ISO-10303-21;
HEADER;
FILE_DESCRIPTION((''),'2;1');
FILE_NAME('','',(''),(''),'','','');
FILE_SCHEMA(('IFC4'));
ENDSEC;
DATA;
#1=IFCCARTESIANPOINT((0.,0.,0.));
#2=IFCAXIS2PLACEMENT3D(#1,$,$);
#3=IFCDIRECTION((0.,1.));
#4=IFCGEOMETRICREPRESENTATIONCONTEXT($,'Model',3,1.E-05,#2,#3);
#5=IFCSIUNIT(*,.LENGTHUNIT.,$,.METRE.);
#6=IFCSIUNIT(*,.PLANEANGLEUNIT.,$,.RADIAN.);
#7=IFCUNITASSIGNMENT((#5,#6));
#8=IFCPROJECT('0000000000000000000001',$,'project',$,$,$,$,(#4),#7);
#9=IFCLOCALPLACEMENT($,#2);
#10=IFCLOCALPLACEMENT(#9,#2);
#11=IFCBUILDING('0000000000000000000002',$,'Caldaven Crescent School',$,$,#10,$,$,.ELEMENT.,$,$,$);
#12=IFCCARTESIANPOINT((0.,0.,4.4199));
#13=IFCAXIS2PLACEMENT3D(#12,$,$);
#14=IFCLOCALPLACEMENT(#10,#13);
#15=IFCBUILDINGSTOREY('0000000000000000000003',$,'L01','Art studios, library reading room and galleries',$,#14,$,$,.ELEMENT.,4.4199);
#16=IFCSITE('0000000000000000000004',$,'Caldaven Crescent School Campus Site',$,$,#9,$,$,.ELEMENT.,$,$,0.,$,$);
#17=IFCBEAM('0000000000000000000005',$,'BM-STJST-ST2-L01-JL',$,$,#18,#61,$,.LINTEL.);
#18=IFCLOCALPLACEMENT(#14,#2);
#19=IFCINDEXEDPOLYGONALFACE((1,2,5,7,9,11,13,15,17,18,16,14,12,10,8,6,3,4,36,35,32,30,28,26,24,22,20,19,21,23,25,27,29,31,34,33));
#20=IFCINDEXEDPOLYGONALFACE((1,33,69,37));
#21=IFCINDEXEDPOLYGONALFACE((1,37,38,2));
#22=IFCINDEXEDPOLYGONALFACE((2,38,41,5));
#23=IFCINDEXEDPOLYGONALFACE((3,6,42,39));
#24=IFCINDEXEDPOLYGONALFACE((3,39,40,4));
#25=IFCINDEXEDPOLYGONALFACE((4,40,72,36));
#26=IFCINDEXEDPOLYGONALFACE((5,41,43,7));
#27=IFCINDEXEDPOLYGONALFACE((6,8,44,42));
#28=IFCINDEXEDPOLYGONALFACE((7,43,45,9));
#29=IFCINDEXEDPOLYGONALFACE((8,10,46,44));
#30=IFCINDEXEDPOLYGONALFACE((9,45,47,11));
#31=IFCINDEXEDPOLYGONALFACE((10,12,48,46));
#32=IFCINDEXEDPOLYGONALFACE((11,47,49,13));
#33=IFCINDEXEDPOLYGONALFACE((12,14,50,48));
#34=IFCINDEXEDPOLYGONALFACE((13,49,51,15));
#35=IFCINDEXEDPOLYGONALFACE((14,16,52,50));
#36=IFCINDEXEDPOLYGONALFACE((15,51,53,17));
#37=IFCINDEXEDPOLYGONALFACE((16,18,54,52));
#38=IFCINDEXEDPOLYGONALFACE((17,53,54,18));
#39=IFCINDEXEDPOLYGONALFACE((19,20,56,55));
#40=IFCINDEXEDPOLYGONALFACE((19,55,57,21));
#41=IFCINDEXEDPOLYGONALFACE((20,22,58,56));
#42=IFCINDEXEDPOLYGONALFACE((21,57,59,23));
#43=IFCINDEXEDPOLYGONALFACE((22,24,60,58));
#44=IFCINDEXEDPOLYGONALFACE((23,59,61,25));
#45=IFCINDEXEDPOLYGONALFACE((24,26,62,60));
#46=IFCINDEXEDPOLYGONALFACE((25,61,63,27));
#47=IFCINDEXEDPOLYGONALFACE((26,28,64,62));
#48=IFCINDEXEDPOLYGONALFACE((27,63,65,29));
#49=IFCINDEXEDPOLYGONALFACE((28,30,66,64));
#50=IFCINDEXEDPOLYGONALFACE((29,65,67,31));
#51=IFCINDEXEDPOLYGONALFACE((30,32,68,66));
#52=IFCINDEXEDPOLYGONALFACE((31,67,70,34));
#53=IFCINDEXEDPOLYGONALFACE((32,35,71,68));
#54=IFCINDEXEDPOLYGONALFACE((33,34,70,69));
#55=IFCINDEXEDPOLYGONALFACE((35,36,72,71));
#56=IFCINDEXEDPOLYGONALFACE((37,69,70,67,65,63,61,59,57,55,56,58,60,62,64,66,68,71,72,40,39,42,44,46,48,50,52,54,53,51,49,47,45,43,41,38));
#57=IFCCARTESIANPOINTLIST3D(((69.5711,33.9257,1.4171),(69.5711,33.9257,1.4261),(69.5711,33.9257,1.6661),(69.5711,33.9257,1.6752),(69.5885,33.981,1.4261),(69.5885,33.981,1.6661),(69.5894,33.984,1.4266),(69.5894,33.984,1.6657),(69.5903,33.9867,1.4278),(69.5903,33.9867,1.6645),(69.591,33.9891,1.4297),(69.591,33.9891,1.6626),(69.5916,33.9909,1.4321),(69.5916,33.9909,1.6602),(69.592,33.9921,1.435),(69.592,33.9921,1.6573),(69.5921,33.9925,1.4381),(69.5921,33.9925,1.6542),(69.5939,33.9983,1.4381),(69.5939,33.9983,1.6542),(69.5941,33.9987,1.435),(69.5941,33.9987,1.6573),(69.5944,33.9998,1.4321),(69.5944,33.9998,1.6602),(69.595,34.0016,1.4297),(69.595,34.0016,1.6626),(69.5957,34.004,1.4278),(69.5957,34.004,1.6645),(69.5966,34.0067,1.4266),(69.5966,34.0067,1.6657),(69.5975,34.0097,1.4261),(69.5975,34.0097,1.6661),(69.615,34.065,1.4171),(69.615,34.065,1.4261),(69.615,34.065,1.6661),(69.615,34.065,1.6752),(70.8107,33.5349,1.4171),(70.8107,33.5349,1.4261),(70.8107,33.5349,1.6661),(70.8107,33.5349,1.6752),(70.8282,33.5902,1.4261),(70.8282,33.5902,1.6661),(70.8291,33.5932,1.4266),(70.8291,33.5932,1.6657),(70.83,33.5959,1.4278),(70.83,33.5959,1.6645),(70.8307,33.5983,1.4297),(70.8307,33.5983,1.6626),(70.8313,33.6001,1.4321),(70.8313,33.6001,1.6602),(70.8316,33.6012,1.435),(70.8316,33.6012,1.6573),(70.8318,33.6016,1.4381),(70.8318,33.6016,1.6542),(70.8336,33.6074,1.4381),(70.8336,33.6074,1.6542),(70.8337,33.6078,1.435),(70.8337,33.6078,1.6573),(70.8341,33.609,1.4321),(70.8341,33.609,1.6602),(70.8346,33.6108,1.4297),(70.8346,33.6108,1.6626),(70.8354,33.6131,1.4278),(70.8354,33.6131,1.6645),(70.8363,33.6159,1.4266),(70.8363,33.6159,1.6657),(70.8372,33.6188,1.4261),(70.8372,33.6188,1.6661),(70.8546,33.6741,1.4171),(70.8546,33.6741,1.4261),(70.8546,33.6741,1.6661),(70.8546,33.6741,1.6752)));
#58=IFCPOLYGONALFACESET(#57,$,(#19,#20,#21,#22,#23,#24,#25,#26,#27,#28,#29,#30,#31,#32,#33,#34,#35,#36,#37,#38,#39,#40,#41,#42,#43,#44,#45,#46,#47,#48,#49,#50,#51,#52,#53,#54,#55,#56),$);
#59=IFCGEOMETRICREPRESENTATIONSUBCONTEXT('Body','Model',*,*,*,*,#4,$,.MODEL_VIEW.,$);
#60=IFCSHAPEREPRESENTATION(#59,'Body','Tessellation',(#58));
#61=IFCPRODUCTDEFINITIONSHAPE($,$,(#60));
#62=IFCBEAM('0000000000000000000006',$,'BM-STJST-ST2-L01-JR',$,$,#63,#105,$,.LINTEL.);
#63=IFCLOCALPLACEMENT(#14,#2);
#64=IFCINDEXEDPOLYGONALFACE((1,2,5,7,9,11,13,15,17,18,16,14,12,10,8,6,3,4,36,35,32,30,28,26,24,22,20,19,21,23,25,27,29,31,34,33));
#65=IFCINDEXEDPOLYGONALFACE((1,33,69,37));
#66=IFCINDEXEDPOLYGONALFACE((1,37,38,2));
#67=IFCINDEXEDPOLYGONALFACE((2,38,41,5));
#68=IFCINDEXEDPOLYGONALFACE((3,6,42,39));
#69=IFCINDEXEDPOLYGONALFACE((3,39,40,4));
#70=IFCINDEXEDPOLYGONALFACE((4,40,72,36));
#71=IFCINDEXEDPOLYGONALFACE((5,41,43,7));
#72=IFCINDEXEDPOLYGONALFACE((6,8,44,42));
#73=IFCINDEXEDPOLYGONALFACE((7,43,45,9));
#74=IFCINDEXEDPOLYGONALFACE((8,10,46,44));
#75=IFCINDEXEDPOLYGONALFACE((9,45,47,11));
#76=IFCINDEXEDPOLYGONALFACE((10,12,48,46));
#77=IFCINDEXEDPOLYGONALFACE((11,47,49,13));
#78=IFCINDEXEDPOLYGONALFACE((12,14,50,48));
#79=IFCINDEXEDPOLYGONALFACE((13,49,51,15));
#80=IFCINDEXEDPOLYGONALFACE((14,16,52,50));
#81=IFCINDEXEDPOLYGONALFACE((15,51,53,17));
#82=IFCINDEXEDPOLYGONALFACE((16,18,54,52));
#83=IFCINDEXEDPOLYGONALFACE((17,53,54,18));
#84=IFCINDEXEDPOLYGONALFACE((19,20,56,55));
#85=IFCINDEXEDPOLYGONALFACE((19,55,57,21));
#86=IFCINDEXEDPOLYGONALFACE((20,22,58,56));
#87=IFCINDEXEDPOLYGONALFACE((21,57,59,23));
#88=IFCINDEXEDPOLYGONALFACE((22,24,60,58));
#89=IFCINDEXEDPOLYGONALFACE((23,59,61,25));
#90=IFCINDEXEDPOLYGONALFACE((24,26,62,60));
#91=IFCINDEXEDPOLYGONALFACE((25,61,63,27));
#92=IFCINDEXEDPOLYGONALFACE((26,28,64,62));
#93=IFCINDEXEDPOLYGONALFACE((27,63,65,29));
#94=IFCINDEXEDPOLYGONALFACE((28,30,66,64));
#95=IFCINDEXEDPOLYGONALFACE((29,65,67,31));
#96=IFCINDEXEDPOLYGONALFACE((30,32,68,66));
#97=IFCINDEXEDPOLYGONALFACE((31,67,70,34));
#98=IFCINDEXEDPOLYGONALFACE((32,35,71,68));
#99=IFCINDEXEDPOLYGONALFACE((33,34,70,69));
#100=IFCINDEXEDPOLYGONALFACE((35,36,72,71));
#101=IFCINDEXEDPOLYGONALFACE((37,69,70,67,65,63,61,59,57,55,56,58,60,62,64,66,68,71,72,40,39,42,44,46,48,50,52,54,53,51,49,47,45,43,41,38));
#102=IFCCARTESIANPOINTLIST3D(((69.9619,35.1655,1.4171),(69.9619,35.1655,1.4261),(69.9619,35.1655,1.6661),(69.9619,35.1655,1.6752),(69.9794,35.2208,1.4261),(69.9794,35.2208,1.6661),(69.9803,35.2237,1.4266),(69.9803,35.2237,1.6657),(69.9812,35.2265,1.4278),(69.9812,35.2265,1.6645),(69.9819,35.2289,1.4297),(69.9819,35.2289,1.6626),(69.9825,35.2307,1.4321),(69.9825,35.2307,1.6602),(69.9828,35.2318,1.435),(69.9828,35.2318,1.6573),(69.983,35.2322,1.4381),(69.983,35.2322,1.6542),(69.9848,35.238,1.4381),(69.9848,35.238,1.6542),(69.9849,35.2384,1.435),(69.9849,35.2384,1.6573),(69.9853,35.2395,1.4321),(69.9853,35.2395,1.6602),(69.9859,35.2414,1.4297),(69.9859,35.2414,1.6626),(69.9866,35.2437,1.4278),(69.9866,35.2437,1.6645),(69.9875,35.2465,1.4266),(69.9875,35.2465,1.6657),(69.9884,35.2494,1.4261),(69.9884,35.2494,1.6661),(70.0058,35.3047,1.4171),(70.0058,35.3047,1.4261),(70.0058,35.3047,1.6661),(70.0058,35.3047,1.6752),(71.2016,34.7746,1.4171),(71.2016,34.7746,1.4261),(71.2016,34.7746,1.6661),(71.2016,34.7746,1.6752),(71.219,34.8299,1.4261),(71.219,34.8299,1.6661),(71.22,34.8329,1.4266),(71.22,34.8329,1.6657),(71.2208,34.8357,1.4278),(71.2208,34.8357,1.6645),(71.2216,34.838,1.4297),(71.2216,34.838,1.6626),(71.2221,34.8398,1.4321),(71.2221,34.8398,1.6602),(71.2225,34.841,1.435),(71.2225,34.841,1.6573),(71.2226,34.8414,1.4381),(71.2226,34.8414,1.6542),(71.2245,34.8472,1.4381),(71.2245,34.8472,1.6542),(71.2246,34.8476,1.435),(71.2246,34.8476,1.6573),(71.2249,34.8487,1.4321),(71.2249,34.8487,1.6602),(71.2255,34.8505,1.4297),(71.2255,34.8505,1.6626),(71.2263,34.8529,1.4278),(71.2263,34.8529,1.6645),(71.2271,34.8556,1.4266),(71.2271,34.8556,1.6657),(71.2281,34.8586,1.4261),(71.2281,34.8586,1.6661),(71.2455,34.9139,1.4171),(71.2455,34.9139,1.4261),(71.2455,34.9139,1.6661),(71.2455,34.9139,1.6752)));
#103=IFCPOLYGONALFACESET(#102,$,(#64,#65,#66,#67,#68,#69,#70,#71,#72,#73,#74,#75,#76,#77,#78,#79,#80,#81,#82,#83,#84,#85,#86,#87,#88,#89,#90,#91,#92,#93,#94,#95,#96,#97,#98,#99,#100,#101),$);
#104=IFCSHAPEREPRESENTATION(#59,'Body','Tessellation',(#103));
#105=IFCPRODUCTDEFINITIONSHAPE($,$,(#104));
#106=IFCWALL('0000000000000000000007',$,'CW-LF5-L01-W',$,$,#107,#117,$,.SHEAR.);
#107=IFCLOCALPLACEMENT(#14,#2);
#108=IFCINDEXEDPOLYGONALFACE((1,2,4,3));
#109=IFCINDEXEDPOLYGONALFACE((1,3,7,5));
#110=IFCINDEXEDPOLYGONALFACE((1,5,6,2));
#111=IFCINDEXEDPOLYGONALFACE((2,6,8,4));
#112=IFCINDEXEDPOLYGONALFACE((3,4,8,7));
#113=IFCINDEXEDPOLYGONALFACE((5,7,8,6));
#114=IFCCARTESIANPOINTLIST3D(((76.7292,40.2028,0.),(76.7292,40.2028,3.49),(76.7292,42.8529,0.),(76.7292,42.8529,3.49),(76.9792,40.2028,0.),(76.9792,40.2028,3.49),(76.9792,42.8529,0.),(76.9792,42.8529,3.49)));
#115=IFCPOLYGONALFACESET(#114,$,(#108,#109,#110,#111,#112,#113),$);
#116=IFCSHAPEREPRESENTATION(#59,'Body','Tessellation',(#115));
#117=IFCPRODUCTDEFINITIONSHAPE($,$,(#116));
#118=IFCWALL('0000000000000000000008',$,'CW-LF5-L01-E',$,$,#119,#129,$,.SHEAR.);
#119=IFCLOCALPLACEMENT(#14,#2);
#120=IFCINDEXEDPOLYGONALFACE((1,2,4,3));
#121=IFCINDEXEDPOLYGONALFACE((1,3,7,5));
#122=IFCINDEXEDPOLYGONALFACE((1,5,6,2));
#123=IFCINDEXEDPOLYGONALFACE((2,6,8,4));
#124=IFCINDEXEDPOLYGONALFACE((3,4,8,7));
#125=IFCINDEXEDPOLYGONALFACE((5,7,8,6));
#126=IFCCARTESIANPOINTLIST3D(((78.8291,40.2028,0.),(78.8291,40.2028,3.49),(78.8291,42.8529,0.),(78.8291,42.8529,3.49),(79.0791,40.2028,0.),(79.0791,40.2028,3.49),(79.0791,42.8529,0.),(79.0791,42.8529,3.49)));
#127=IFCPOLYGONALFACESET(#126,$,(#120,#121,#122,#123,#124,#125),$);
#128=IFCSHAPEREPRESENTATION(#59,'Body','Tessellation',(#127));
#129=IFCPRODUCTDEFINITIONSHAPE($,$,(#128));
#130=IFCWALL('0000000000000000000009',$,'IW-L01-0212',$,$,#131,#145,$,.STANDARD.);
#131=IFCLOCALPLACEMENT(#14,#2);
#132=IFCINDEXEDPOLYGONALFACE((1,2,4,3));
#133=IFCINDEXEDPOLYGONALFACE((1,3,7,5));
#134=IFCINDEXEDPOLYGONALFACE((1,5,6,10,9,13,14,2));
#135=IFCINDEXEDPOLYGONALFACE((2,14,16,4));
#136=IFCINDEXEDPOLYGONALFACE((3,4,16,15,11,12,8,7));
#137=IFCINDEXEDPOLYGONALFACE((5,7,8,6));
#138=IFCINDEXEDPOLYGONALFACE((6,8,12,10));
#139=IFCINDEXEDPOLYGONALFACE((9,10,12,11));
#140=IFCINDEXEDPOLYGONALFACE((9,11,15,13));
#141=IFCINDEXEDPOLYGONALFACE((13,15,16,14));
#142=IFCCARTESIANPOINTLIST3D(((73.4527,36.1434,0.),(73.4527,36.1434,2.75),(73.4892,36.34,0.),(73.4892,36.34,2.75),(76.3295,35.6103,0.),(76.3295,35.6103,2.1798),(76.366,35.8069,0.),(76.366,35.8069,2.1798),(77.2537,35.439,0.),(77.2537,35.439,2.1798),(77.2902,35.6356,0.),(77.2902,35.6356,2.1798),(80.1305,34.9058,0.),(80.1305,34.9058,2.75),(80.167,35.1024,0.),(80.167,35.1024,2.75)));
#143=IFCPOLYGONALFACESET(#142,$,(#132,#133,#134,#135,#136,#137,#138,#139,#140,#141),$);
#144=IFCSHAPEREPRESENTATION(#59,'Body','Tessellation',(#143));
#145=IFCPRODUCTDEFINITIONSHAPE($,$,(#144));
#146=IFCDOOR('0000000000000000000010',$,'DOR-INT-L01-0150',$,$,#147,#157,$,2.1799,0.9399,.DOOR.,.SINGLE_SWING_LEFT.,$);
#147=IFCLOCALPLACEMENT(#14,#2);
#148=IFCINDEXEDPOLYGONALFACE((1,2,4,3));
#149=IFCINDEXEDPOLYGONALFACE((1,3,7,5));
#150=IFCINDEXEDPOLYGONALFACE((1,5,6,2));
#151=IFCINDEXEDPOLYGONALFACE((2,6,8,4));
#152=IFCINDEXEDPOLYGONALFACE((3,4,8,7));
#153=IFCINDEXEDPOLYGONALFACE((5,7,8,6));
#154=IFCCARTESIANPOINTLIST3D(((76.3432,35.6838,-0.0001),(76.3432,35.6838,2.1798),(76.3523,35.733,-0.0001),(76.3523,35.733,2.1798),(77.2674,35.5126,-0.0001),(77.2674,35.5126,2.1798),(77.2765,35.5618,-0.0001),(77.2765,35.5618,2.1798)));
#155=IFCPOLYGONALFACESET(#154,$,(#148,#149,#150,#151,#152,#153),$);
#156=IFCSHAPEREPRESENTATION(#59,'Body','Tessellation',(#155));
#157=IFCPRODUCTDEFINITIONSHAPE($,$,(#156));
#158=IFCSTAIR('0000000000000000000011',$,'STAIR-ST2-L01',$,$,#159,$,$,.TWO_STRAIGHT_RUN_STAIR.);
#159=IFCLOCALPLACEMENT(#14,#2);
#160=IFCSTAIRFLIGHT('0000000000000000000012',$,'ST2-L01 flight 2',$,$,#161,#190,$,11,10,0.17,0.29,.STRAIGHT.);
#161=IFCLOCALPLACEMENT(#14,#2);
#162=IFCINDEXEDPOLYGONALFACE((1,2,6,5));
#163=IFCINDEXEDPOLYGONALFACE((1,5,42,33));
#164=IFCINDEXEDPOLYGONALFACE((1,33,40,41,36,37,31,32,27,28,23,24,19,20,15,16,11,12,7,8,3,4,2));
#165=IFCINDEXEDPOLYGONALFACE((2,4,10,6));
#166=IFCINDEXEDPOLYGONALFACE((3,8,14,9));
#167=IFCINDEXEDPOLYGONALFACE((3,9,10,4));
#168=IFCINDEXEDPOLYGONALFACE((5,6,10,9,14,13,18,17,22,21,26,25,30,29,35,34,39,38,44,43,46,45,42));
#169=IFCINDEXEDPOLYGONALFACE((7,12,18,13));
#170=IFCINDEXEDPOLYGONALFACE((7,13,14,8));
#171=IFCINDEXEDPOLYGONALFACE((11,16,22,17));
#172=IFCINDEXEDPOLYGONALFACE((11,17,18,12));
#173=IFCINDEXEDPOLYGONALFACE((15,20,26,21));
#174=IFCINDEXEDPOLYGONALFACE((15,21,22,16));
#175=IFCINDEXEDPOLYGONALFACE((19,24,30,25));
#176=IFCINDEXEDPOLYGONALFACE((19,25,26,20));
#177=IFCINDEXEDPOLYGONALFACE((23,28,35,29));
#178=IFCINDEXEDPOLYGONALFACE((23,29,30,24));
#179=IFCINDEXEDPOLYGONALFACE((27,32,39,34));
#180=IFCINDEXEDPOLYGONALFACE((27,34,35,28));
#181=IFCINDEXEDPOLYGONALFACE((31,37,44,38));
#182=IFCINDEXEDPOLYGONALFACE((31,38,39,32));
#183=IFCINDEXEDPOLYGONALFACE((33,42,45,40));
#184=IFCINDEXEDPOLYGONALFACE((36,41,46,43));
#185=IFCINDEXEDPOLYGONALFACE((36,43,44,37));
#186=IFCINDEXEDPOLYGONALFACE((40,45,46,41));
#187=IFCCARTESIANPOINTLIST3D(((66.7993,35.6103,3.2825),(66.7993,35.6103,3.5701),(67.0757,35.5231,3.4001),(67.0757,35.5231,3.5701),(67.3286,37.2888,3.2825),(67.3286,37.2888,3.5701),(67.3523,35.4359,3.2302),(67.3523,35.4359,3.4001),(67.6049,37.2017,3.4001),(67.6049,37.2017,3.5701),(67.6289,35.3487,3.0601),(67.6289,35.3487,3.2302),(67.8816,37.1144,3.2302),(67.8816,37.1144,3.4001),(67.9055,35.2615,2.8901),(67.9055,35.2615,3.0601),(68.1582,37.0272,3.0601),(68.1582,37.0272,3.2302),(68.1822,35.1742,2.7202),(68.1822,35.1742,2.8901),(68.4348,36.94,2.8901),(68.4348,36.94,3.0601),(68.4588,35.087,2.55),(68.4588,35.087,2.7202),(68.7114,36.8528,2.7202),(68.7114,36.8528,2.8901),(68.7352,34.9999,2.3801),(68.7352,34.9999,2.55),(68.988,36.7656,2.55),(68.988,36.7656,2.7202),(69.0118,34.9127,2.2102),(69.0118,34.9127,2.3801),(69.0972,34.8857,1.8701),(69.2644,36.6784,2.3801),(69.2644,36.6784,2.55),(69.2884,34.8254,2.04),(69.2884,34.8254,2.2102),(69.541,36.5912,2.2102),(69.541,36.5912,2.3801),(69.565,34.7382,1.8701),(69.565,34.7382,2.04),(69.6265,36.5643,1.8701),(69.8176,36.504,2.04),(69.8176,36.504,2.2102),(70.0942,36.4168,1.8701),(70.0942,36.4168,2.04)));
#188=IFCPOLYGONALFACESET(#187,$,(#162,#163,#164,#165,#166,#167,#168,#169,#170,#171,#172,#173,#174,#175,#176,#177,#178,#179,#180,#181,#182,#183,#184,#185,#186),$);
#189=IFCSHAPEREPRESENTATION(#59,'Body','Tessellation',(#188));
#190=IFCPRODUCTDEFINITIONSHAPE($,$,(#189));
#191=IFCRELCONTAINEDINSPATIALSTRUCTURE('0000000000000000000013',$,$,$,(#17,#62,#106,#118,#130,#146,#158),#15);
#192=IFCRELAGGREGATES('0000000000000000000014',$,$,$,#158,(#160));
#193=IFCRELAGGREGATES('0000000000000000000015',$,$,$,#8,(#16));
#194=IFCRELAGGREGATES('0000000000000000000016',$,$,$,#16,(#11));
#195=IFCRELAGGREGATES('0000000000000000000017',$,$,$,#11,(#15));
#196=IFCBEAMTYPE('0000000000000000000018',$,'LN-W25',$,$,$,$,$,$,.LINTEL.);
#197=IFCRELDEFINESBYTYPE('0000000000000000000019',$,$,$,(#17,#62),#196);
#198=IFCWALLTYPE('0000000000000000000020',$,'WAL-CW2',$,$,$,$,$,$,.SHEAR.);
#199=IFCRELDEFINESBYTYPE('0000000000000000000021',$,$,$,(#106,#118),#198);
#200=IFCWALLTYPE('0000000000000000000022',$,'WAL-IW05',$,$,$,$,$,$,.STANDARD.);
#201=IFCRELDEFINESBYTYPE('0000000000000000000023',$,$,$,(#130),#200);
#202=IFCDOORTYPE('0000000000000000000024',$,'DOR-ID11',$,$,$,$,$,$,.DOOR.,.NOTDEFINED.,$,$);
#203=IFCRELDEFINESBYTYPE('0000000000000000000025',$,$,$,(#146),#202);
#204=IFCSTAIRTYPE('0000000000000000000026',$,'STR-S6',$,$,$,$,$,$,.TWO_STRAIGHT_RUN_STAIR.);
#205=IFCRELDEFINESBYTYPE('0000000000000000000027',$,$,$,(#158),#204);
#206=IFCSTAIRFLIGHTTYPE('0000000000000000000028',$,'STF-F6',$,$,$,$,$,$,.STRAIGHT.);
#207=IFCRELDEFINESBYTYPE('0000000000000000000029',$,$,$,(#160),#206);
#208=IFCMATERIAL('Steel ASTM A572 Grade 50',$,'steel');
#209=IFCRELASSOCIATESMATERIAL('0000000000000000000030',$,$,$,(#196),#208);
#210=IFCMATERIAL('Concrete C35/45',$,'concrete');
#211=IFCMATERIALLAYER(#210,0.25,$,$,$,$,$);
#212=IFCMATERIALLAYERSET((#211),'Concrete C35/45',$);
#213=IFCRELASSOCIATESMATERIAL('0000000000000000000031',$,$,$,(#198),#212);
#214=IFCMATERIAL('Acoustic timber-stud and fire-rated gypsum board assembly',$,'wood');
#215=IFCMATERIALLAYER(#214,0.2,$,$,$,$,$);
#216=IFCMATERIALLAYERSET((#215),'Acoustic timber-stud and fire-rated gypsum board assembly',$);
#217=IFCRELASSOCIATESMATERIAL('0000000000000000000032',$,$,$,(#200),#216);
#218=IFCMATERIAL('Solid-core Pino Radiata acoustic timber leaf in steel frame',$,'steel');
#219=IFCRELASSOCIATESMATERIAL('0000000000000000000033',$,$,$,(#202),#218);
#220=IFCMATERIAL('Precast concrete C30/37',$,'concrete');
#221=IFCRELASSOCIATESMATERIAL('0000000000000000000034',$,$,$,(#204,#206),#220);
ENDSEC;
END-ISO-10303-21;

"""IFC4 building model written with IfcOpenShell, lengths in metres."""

from ifc_helpers import new_model, si_unit, direction, frame, frame_2d, origin, origin_2d, place, context, subcontext, project, spatial, polyline, rectangle, i_section, outline, extrude, material, layer, layer_set, material_profile, profile_set, type_object, element, fill, aggregate, save


model = new_model("IFC4")

# Units and contexts
model_context = context("Model", 3, precision=1e-05, world=origin(), true_north=direction((0.0, 1.0)))
body_context = subcontext(model_context, "Body", "Model", "MODEL_VIEW")
ifc_project = project(units=[si_unit("LENGTHUNIT", "METRE"), si_unit("PLANEANGLEUNIT", "RADIAN")], contexts=[model_context])

# Site, building, storey
site_placement = place(None, origin())
site = spatial("IfcSite", under=ifc_project, at=site_placement, Name="Caldaven Crescent School Campus Site", CompositionType="ELEMENT", RefElevation=0.0)
building_placement = place(site_placement, origin())
building = spatial("IfcBuilding", under=site, at=building_placement, Name="Caldaven Crescent School", CompositionType="ELEMENT")
storey_placement = place(building_placement, frame((0.0, 0.0, 4.4199)))
storey = spatial("IfcBuildingStorey", under=building, at=storey_placement, Name="L01", Description="Art studios, library reading room and galleries", CompositionType="ELEMENT", Elevation=4.4199)

# Shared definitions
ifc_material_1 = material(Name="Steel ASTM A572 Grade 50", Category="steel")

# Beams
ifc_material_profile_1 = material_profile(ifc_material_1, i_section(OverallWidth=0.146, OverallDepth=0.2581, WebThickness=0.0061, FlangeThickness=0.009, FilletRadius=0.012, at=origin_2d()), Name="W250x33")
ifc_profile_set_1 = profile_set([ifc_material_profile_1], Name="Steel ASTM A572 Grade 50")
beam_type_1 = type_object("IfcBeamType", Name="LN-W25", PredefinedType="LINTEL", material=ifc_profile_set_1)
for number, where, z_axis, x_axis, name in (
    (1, (69.593, 33.9954, 1.5461), (0.953722, -0.300691, 0.0), (0.300691, 0.953722, 0.0), "BM-STJST-ST2-L01-JL"),
    (2, (69.9839, 35.2351, 1.5461), (0.953722, -0.300691, 0.0), (0.300691, 0.953722, 0.0), "BM-STJST-ST2-L01-JR"),
):
    element("IfcBeam", number, at=place(storey_placement, frame(where, z_axis=z_axis, x_axis=x_axis)), inside=storey, type_object=beam_type_1, Name=name, PredefinedType="LINTEL", context=body_context, shape_type="SweptSolid", body=[
        extrude(i_section(OverallWidth=0.146, OverallDepth=0.2581, WebThickness=0.0061, FlangeThickness=0.009, FilletRadius=0.012, at=origin_2d()), origin(), (0.0, 0.0, 1.0), 1.2998),
    ])

# Shared definitions
ifc_material_2 = material(Name="Concrete C35/45", Category="concrete")

# Walls
ifc_layer_1 = layer(ifc_material_2, 0.25)
ifc_layer_set_1 = layer_set([ifc_layer_1], Name="Concrete C35/45")
wall_type_1 = type_object("IfcWallType", Name="WAL-CW2", PredefinedType="SHEAR", material=ifc_layer_set_1)
for number, where, z_axis, x_axis, name in (
    (3, (76.8542, 40.2026, 0.0), (0.0, 0.0, 1.0), (0.0, 1.0, 0.0), "CW-LF5-L01-W"),
    (4, (78.9541, 40.2026, 0.0), (0.0, 0.0, 1.0), (0.0, 1.0, 0.0), "CW-LF5-L01-E"),
):
    element("IfcWall", number, at=place(storey_placement, frame(where, z_axis=z_axis, x_axis=x_axis)), inside=storey, type_object=wall_type_1, Name=name, PredefinedType="SHEAR", context=body_context, shape_type="SweptSolid", body=[
        extrude(rectangle(XDim=2.6501, YDim=0.25, at=frame_2d((1.3252, 0.0))), origin(), (0.0, 0.0, 1.0), 3.49),
    ])

# Wall, opening, door
ifc_material_3 = material(Name="Acoustic timber-stud and fire-rated gypsum board assembly", Category="wood")
ifc_layer_2 = layer(ifc_material_3, 0.2)
ifc_layer_set_2 = layer_set([ifc_layer_2], Name="Acoustic timber-stud and fire-rated gypsum board assembly")
wall_type_2 = type_object("IfcWallType", Name="WAL-IW05", PredefinedType="STANDARD", material=ifc_layer_set_2)
wall_1_placement = place(storey_placement, frame((73.4709, 36.2417, 0.0), z_axis=(0.0, 0.0, 1.0), x_axis=(0.983257, -0.182222, 0.0)))
wall_1 = element("IfcWall", 5, at=wall_1_placement, inside=storey, type_object=wall_type_2, Name="IW-L01-0212", PredefinedType="STANDARD", context=body_context, shape_type="SweptSolid", body=[
    extrude(rectangle(XDim=6.7915, YDim=0.2, at=frame_2d((3.3958, 0.0))), origin(), (0.0, 0.0, 1.0), 2.75),
])
opening_1_placement = place(wall_1_placement, frame((2.9258, 0.0, 0.0)))
opening_1 = element("IfcOpeningElement", 6, at=opening_1_placement, cuts=wall_1, PredefinedType="OPENING", context=body_context, shape_type="SweptSolid", body=[
    extrude(rectangle(XDim=0.9399, YDim=2.1799, at=frame_2d((0.47, 1.0898))), frame((0.0, 0.1099, 0.0), z_axis=(0.0, -1.0, 0.0), x_axis=(1.0, 0.0, 0.0)), (0.0, 0.0, 1.0), 0.22),
])
ifc_material_4 = material(Name="Solid-core Pino Radiata acoustic timber leaf in steel frame", Category="steel")
door_type_1 = type_object("IfcDoorType", Name="DOR-ID11", OperationType="NOTDEFINED", PredefinedType="DOOR", material=ifc_material_4)
door_1_placement = place(opening_1_placement, origin())
door_1 = element("IfcDoor", 7, at=door_1_placement, inside=storey, type_object=door_type_1, Name="DOR-INT-L01-0150", OperationType="SINGLE_SWING_LEFT", OverallHeight=2.1799, OverallWidth=0.9399, PredefinedType="DOOR", context=body_context, shape_type="SweptSolid", body=[
    extrude(rectangle(XDim=0.9399, YDim=2.1799, at=frame_2d((0.47, 1.0898))), frame((0.0, 0.0249, 0.0), z_axis=(0.0, -1.0, 0.0), x_axis=(1.0, 0.0, 0.0)), (0.0, 0.0, 1.0), 0.05),
])
fill(opening_1, door_1)

# Stair, stair flight
ifc_material_5 = material(Name="Precast concrete C30/37", Category="concrete")
stair_type = type_object("IfcStairType", Name="STR-S6", PredefinedType="TWO_STRAIGHT_RUN_STAIR", material=ifc_material_5)
stair_placement = place(storey_placement, origin())
stair = element("IfcStair", 8, at=stair_placement, inside=storey, type_object=stair_type, Name="STAIR-ST2-L01", PredefinedType="TWO_STRAIGHT_RUN_STAIR")
stair_flight_type = type_object("IfcStairFlightType", Name="STF-F6", PredefinedType="STRAIGHT", material=ifc_material_5)
stair_flight_placement = place(storey_placement, frame((69.8296, 35.5774, 1.8701), z_axis=(0.0, 0.0, 1.0), x_axis=(-0.953717, 0.300706, 0.0)))
stair_flight = element("IfcStairFlight", 9, at=stair_flight_placement, type_object=stair_flight_type, Name="ST2-L01 flight 2", NumberOfRisers=11, NumberOfTreads=10, PredefinedType="STRAIGHT", RiserHeight=0.17, TreadLength=0.29, context=body_context, shape_type="SweptSolid", body=[
    extrude(outline(polyline([(0.0, 0.0), (0.0, 0.1699), (0.29, 0.1699), (0.29, 0.3401), (0.5801, 0.3401), (0.5801, 0.51), (0.8701, 0.51), (0.8701, 0.6799), (1.1599, 0.6799), (1.1599, 0.8501), (1.45, 0.8501), (1.45, 1.02), (1.74, 1.02), (1.74, 1.1899), (2.03, 1.1899), (2.03, 1.3601), (2.3201, 1.3601), (2.3201, 1.53), (2.6101, 1.53), (2.6101, 1.7), (2.8999, 1.7), (2.8999, 1.8701), (2.8999, 1.4124), (0.4905, 0.0), (0.0, 0.0)])), frame((0.0, 0.8799, 0.0), z_axis=(0.0, -1.0, 0.0), x_axis=(1.0, 0.0, 0.0)), (0.0, 0.0, 1.0), 1.76),
])
aggregate(stair, [stair_flight])

save(model, "model.ifc")
